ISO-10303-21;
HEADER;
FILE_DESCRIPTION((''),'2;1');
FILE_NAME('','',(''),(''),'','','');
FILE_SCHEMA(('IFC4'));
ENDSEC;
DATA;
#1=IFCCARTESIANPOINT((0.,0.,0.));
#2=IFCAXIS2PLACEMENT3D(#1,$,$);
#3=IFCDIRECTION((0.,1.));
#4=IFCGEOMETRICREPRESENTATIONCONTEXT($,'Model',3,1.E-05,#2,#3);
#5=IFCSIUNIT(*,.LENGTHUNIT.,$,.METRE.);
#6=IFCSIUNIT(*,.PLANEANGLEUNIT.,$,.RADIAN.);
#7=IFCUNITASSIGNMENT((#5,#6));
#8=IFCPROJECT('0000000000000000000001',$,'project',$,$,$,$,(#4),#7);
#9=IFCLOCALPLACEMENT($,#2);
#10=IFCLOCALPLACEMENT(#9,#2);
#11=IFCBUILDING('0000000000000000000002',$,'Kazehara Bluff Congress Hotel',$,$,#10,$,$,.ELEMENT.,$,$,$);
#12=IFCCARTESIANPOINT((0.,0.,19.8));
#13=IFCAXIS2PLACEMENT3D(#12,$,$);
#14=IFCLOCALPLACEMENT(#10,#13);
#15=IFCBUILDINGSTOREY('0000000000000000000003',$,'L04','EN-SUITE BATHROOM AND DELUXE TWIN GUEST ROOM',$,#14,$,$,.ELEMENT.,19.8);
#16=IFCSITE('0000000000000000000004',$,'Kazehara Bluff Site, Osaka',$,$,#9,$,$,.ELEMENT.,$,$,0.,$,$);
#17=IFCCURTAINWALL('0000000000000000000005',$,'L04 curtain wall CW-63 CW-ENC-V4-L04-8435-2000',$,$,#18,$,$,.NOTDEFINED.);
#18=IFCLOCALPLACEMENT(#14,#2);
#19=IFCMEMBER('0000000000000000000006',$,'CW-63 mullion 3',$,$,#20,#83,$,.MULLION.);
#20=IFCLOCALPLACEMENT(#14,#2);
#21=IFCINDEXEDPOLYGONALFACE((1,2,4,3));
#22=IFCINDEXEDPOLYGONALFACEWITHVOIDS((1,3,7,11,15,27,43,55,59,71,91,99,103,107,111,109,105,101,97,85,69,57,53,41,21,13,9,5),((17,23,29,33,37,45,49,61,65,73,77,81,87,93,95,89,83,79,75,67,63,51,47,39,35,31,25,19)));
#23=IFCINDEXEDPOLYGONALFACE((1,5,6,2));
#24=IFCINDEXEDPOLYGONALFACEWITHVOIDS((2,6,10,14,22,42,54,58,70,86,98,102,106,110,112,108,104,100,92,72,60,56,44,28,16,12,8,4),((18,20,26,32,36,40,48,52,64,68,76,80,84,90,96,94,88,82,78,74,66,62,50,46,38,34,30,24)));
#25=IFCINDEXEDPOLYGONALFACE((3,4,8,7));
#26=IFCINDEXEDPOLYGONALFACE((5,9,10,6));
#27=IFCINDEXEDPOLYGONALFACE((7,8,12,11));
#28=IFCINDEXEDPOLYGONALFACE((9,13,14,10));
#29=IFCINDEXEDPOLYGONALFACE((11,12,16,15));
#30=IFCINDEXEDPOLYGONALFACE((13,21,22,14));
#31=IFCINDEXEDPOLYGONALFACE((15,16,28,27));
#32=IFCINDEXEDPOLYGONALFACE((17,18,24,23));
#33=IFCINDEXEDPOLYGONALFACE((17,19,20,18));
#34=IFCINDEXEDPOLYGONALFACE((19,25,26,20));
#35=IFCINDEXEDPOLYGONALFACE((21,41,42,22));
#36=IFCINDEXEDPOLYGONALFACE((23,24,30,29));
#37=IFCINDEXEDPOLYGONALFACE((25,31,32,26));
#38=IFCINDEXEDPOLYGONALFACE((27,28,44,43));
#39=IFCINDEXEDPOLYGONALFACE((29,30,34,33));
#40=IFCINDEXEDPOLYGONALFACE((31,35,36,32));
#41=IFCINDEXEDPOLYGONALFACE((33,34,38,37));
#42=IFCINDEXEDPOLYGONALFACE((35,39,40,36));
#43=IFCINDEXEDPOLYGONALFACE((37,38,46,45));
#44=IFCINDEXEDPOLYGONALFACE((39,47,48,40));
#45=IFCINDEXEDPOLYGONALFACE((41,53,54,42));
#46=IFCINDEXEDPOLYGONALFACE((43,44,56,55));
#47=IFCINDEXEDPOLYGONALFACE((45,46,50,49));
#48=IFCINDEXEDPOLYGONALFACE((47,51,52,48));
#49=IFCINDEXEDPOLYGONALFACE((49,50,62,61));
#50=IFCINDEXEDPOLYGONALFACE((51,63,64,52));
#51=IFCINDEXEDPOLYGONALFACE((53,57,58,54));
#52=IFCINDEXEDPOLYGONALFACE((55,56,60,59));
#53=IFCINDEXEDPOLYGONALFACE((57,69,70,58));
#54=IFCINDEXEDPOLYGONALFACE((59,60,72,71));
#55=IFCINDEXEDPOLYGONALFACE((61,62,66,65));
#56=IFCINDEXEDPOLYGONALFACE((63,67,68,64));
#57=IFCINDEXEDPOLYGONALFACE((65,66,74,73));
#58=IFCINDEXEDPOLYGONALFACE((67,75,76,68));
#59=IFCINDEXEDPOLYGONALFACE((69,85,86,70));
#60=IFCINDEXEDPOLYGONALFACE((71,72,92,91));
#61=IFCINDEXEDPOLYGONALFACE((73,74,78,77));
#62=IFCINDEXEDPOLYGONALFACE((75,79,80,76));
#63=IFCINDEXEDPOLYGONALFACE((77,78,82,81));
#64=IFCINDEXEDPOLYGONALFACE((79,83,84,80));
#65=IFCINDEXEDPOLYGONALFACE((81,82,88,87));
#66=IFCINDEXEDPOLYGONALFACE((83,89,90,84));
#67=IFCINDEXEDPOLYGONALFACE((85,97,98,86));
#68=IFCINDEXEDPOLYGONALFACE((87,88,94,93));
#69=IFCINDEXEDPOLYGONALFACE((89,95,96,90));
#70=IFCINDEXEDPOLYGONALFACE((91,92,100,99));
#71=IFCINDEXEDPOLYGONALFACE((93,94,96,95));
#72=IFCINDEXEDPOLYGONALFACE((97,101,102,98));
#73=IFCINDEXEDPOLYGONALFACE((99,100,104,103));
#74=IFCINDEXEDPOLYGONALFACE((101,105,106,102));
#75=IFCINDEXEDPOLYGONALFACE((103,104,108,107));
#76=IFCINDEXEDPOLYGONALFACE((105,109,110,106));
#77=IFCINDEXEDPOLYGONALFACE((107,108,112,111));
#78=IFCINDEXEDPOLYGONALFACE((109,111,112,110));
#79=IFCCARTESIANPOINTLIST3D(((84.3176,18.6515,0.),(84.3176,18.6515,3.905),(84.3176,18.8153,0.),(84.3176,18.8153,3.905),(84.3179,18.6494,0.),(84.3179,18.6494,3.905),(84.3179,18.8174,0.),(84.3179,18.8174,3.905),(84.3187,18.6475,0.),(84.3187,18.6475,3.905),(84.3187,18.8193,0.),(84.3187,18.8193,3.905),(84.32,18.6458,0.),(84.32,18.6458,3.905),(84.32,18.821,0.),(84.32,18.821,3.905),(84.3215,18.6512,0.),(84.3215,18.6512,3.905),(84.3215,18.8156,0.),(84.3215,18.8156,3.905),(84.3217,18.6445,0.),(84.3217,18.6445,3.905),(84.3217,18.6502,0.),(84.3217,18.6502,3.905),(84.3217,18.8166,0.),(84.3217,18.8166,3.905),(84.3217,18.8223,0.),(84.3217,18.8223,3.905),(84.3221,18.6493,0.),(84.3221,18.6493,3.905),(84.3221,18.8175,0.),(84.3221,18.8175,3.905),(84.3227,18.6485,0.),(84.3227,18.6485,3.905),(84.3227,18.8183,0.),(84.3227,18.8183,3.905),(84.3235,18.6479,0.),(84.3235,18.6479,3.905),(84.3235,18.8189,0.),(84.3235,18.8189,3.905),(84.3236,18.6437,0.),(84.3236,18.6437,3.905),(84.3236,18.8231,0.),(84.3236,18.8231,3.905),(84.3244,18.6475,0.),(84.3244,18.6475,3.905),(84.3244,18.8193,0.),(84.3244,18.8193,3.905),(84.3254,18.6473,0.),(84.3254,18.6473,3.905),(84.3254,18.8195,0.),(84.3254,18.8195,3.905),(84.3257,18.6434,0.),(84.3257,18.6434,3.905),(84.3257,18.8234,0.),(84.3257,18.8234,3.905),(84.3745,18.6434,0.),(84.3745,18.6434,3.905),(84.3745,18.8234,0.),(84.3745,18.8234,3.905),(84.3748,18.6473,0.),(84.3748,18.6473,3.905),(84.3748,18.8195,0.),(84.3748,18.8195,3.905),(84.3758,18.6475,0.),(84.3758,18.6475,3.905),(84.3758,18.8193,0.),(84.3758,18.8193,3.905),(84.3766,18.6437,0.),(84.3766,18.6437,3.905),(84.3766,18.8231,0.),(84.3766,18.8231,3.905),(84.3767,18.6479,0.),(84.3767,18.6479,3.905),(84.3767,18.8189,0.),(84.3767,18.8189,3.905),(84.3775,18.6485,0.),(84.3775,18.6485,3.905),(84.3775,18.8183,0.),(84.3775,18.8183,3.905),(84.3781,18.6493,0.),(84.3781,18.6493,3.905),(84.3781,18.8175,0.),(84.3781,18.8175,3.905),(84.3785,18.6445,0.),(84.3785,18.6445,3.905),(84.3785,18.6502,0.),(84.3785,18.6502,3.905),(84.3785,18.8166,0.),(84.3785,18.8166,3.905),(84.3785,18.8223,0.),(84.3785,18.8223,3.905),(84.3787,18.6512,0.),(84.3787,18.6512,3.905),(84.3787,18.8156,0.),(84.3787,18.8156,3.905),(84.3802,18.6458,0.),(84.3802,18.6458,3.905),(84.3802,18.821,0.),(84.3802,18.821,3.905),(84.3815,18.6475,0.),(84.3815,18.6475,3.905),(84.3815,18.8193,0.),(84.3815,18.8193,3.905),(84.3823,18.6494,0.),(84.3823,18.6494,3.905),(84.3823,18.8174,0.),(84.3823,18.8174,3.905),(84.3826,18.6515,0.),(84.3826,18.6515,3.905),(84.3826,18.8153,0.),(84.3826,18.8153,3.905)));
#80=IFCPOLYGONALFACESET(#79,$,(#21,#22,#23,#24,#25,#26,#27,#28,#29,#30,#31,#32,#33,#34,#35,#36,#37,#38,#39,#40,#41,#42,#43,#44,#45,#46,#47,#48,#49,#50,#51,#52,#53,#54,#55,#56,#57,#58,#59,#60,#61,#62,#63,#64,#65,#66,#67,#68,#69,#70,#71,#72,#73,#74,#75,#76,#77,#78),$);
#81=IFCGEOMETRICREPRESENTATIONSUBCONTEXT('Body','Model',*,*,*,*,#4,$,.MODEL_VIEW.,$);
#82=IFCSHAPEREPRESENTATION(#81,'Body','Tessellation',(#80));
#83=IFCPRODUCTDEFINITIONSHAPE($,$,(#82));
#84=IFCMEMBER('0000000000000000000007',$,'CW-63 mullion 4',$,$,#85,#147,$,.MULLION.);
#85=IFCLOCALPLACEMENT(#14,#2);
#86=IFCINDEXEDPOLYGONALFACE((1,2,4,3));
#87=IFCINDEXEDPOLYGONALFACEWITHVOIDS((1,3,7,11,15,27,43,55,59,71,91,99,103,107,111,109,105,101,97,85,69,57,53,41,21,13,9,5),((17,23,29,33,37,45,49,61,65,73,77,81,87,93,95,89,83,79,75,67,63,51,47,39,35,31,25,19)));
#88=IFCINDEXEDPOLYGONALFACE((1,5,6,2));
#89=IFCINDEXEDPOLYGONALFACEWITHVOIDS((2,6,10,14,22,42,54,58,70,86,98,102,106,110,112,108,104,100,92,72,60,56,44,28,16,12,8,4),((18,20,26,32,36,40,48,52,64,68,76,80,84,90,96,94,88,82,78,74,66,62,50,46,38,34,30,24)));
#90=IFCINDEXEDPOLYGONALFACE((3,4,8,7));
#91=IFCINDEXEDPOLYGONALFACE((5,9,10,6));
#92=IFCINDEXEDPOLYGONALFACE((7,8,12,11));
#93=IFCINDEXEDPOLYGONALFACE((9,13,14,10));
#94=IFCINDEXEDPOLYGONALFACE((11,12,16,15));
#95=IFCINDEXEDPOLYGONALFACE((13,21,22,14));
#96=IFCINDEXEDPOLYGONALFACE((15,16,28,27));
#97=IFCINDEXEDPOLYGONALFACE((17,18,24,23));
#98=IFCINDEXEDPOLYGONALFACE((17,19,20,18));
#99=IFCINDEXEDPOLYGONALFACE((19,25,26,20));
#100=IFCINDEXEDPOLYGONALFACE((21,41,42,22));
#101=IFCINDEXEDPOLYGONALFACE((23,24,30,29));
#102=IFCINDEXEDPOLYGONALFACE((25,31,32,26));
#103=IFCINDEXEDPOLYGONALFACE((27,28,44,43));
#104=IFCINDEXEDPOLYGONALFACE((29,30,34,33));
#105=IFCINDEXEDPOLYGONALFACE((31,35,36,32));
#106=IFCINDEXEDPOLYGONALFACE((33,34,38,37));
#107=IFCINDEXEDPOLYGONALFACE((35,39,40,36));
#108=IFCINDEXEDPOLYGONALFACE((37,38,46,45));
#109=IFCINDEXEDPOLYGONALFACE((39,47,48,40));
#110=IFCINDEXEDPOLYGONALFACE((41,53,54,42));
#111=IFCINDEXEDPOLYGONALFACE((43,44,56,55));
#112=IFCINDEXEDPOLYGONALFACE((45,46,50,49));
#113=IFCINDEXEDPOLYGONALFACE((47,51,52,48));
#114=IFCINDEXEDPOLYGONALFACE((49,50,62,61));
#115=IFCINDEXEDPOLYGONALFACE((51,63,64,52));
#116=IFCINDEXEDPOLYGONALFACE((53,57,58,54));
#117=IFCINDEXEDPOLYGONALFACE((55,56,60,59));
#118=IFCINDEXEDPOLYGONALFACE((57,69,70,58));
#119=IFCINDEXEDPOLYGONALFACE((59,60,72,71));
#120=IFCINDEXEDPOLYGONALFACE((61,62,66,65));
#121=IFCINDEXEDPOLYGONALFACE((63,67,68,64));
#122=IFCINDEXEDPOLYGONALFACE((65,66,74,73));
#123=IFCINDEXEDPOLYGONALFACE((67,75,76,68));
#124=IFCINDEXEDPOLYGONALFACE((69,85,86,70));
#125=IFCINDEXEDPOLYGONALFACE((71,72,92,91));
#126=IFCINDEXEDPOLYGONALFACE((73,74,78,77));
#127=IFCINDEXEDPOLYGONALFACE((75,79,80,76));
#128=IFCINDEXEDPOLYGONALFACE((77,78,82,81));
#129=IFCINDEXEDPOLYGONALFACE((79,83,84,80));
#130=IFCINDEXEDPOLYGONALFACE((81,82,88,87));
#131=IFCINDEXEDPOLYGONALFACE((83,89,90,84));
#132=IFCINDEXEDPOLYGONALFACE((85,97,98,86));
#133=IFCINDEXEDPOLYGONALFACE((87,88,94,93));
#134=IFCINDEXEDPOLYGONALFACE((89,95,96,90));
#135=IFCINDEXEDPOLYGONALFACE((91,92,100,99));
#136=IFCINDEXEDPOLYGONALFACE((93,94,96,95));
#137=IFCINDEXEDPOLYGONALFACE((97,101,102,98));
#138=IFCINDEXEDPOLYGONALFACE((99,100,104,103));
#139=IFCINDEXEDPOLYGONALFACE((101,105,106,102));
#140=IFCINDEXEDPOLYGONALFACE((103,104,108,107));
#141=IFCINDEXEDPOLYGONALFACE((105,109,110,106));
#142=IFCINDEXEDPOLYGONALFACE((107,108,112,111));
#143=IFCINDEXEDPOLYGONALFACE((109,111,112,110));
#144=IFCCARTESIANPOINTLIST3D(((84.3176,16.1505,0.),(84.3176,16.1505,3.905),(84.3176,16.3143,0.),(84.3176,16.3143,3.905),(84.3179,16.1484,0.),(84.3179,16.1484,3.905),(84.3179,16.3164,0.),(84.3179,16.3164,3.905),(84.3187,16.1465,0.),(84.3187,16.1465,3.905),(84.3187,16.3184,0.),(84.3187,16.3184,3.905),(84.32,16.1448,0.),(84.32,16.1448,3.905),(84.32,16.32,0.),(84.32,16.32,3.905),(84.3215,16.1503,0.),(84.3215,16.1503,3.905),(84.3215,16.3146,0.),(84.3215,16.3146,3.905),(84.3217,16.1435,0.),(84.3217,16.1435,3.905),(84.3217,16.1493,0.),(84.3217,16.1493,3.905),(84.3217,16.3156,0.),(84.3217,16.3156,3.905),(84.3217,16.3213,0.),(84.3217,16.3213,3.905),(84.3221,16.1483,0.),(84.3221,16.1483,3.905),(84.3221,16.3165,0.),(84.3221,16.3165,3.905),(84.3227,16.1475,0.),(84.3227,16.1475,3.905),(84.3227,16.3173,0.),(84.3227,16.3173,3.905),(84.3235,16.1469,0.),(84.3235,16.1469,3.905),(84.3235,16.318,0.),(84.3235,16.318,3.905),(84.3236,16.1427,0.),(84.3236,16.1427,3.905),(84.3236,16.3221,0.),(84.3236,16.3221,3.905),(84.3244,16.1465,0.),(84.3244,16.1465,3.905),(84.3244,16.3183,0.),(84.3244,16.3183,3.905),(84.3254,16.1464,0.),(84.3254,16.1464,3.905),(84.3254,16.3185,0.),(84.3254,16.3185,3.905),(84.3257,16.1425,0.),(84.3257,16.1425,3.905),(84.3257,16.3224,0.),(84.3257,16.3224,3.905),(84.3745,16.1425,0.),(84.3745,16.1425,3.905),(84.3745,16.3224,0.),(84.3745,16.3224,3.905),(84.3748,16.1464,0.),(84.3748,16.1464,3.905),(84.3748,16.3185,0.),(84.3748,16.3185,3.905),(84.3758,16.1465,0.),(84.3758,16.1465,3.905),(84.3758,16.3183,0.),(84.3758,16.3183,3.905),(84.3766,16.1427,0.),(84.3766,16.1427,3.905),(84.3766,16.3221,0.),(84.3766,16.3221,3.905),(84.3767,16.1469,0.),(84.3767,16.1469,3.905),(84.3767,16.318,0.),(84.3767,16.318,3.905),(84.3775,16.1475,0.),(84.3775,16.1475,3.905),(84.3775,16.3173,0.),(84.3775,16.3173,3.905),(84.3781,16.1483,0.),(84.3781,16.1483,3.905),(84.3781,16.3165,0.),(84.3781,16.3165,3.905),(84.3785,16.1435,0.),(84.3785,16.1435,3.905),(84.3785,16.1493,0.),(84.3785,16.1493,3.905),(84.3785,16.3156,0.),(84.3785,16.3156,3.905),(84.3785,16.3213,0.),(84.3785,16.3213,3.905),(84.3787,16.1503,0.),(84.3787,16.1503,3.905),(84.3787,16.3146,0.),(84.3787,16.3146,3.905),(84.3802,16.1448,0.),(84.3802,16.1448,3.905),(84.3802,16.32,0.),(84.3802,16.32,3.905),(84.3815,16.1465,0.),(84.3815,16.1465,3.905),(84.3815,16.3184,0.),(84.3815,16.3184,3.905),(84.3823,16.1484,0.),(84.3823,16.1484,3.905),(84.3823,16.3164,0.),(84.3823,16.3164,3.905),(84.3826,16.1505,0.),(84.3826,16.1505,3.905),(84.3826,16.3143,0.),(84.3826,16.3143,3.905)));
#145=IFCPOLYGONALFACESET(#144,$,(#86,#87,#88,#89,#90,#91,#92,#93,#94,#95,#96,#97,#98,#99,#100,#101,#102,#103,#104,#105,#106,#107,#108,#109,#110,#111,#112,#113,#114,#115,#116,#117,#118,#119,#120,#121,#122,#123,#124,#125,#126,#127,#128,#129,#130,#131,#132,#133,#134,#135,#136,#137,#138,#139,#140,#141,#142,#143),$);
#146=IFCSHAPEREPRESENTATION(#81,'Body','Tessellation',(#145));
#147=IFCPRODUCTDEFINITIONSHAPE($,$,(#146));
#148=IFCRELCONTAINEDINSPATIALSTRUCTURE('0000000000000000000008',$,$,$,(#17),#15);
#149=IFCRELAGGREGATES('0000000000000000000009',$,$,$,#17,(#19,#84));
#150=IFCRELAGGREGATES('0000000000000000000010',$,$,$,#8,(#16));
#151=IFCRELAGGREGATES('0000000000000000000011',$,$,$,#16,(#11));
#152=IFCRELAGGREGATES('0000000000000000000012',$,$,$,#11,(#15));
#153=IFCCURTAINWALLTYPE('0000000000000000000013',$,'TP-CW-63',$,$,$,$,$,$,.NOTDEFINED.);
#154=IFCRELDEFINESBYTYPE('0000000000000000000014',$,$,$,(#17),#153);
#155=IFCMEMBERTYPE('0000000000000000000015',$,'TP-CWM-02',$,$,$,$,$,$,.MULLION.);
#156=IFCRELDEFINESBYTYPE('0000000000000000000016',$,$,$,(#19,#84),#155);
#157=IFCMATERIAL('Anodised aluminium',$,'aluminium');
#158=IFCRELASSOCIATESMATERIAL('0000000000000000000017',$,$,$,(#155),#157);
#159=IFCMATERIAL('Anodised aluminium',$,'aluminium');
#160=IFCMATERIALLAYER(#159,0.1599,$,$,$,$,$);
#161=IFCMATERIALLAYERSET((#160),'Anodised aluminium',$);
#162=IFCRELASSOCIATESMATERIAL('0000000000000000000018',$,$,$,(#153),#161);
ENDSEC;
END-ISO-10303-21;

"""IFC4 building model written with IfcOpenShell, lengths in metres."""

from ifc_helpers import new_model, si_unit, direction, frame, origin, origin_2d, place, context, subcontext, project, spatial, hollow_rectangle, extrude, material, layer, layer_set, material_profile, profile_set, type_object, element, aggregate, save


model = new_model("IFC4")

# Units and contexts
model_context = context("Model", 3, precision=1e-05, world=origin(), true_north=direction((0.0, 1.0)))
body_context = subcontext(model_context, "Body", "Model", "MODEL_VIEW")
ifc_project = project(units=[si_unit("LENGTHUNIT", "METRE"), si_unit("PLANEANGLEUNIT", "RADIAN")], contexts=[model_context])

# Site, building, storey
site_placement = place(None, origin())
site = spatial("IfcSite", under=ifc_project, at=site_placement, Name="Kazehara Bluff Site, Osaka", CompositionType="ELEMENT", RefElevation=0.0)
building_placement = place(site_placement, origin())
building = spatial("IfcBuilding", under=site, at=building_placement, Name="Kazehara Bluff Congress Hotel", CompositionType="ELEMENT")
storey_placement = place(building_placement, frame((0.0, 0.0, 19.8)))
storey = spatial("IfcBuildingStorey", under=building, at=storey_placement, Name="L04", Description="EN-SUITE BATHROOM AND DELUXE TWIN GUEST ROOM", CompositionType="ELEMENT", Elevation=19.8)

# Shared definitions
ifc_material_1 = material(Name="Anodised aluminium", Category="aluminium")
ifc_material_profile_1 = material_profile(ifc_material_1, hollow_rectangle(XDim=0.0649, YDim=0.1799, WallThickness=0.0039, InnerFilletRadius=0.0039, OuterFilletRadius=0.0081, at=origin_2d()))
ifc_profile_set_1 = profile_set([ifc_material_profile_1], Name="Anodised aluminium")
member_type_1 = type_object("IfcMemberType", Name="TP-CWM-02", PredefinedType="MULLION", material=ifc_profile_set_1)

# Curtain wall, members
ifc_material_2 = material(Name="Anodised aluminium", Category="aluminium")
ifc_layer_1 = layer(ifc_material_2, 0.1599)
ifc_layer_set_1 = layer_set([ifc_layer_1], Name="Anodised aluminium")
curtain_wall_type_1 = type_object("IfcCurtainWallType", Name="TP-CW-63", PredefinedType="NOTDEFINED", material=ifc_layer_set_1)
curtain_wall_1_placement = place(storey_placement, origin())
curtain_wall_1 = element("IfcCurtainWall", 1, at=curtain_wall_1_placement, inside=storey, type_object=curtain_wall_type_1, Name="L04 curtain wall CW-63 CW-ENC-V4-L04-8435-2000", PredefinedType="NOTDEFINED")
member_1_placement = place(storey_placement, frame((84.3501, 18.7334, 0.0), z_axis=(0.0, 0.0, 1.0), x_axis=(1.0, 0.0, 0.0)))
member_1 = element("IfcMember", 2, at=member_1_placement, type_object=member_type_1, Name="CW-63 mullion 3", PredefinedType="MULLION", context=body_context, shape_type="SweptSolid", body=[
    extrude(hollow_rectangle(XDim=0.0649, YDim=0.1799, WallThickness=0.0039, InnerFilletRadius=0.0039, OuterFilletRadius=0.0081, at=origin_2d()), origin(), (0.0, 0.0, 1.0), 3.905),
])
member_2_placement = place(storey_placement, frame((84.3501, 16.2324, 0.0), z_axis=(0.0, 0.0, 1.0), x_axis=(1.0, 0.0, 0.0)))
member_2 = element("IfcMember", 3, at=member_2_placement, type_object=member_type_1, Name="CW-63 mullion 4", PredefinedType="MULLION", context=body_context, shape_type="SweptSolid", body=[
    extrude(hollow_rectangle(XDim=0.0649, YDim=0.1799, WallThickness=0.0039, InnerFilletRadius=0.0039, OuterFilletRadius=0.0081, at=origin_2d()), origin(), (0.0, 0.0, 1.0), 3.905),
])

aggregate(curtain_wall_1, [member_1, member_2])

save(model, "model.ifc")
